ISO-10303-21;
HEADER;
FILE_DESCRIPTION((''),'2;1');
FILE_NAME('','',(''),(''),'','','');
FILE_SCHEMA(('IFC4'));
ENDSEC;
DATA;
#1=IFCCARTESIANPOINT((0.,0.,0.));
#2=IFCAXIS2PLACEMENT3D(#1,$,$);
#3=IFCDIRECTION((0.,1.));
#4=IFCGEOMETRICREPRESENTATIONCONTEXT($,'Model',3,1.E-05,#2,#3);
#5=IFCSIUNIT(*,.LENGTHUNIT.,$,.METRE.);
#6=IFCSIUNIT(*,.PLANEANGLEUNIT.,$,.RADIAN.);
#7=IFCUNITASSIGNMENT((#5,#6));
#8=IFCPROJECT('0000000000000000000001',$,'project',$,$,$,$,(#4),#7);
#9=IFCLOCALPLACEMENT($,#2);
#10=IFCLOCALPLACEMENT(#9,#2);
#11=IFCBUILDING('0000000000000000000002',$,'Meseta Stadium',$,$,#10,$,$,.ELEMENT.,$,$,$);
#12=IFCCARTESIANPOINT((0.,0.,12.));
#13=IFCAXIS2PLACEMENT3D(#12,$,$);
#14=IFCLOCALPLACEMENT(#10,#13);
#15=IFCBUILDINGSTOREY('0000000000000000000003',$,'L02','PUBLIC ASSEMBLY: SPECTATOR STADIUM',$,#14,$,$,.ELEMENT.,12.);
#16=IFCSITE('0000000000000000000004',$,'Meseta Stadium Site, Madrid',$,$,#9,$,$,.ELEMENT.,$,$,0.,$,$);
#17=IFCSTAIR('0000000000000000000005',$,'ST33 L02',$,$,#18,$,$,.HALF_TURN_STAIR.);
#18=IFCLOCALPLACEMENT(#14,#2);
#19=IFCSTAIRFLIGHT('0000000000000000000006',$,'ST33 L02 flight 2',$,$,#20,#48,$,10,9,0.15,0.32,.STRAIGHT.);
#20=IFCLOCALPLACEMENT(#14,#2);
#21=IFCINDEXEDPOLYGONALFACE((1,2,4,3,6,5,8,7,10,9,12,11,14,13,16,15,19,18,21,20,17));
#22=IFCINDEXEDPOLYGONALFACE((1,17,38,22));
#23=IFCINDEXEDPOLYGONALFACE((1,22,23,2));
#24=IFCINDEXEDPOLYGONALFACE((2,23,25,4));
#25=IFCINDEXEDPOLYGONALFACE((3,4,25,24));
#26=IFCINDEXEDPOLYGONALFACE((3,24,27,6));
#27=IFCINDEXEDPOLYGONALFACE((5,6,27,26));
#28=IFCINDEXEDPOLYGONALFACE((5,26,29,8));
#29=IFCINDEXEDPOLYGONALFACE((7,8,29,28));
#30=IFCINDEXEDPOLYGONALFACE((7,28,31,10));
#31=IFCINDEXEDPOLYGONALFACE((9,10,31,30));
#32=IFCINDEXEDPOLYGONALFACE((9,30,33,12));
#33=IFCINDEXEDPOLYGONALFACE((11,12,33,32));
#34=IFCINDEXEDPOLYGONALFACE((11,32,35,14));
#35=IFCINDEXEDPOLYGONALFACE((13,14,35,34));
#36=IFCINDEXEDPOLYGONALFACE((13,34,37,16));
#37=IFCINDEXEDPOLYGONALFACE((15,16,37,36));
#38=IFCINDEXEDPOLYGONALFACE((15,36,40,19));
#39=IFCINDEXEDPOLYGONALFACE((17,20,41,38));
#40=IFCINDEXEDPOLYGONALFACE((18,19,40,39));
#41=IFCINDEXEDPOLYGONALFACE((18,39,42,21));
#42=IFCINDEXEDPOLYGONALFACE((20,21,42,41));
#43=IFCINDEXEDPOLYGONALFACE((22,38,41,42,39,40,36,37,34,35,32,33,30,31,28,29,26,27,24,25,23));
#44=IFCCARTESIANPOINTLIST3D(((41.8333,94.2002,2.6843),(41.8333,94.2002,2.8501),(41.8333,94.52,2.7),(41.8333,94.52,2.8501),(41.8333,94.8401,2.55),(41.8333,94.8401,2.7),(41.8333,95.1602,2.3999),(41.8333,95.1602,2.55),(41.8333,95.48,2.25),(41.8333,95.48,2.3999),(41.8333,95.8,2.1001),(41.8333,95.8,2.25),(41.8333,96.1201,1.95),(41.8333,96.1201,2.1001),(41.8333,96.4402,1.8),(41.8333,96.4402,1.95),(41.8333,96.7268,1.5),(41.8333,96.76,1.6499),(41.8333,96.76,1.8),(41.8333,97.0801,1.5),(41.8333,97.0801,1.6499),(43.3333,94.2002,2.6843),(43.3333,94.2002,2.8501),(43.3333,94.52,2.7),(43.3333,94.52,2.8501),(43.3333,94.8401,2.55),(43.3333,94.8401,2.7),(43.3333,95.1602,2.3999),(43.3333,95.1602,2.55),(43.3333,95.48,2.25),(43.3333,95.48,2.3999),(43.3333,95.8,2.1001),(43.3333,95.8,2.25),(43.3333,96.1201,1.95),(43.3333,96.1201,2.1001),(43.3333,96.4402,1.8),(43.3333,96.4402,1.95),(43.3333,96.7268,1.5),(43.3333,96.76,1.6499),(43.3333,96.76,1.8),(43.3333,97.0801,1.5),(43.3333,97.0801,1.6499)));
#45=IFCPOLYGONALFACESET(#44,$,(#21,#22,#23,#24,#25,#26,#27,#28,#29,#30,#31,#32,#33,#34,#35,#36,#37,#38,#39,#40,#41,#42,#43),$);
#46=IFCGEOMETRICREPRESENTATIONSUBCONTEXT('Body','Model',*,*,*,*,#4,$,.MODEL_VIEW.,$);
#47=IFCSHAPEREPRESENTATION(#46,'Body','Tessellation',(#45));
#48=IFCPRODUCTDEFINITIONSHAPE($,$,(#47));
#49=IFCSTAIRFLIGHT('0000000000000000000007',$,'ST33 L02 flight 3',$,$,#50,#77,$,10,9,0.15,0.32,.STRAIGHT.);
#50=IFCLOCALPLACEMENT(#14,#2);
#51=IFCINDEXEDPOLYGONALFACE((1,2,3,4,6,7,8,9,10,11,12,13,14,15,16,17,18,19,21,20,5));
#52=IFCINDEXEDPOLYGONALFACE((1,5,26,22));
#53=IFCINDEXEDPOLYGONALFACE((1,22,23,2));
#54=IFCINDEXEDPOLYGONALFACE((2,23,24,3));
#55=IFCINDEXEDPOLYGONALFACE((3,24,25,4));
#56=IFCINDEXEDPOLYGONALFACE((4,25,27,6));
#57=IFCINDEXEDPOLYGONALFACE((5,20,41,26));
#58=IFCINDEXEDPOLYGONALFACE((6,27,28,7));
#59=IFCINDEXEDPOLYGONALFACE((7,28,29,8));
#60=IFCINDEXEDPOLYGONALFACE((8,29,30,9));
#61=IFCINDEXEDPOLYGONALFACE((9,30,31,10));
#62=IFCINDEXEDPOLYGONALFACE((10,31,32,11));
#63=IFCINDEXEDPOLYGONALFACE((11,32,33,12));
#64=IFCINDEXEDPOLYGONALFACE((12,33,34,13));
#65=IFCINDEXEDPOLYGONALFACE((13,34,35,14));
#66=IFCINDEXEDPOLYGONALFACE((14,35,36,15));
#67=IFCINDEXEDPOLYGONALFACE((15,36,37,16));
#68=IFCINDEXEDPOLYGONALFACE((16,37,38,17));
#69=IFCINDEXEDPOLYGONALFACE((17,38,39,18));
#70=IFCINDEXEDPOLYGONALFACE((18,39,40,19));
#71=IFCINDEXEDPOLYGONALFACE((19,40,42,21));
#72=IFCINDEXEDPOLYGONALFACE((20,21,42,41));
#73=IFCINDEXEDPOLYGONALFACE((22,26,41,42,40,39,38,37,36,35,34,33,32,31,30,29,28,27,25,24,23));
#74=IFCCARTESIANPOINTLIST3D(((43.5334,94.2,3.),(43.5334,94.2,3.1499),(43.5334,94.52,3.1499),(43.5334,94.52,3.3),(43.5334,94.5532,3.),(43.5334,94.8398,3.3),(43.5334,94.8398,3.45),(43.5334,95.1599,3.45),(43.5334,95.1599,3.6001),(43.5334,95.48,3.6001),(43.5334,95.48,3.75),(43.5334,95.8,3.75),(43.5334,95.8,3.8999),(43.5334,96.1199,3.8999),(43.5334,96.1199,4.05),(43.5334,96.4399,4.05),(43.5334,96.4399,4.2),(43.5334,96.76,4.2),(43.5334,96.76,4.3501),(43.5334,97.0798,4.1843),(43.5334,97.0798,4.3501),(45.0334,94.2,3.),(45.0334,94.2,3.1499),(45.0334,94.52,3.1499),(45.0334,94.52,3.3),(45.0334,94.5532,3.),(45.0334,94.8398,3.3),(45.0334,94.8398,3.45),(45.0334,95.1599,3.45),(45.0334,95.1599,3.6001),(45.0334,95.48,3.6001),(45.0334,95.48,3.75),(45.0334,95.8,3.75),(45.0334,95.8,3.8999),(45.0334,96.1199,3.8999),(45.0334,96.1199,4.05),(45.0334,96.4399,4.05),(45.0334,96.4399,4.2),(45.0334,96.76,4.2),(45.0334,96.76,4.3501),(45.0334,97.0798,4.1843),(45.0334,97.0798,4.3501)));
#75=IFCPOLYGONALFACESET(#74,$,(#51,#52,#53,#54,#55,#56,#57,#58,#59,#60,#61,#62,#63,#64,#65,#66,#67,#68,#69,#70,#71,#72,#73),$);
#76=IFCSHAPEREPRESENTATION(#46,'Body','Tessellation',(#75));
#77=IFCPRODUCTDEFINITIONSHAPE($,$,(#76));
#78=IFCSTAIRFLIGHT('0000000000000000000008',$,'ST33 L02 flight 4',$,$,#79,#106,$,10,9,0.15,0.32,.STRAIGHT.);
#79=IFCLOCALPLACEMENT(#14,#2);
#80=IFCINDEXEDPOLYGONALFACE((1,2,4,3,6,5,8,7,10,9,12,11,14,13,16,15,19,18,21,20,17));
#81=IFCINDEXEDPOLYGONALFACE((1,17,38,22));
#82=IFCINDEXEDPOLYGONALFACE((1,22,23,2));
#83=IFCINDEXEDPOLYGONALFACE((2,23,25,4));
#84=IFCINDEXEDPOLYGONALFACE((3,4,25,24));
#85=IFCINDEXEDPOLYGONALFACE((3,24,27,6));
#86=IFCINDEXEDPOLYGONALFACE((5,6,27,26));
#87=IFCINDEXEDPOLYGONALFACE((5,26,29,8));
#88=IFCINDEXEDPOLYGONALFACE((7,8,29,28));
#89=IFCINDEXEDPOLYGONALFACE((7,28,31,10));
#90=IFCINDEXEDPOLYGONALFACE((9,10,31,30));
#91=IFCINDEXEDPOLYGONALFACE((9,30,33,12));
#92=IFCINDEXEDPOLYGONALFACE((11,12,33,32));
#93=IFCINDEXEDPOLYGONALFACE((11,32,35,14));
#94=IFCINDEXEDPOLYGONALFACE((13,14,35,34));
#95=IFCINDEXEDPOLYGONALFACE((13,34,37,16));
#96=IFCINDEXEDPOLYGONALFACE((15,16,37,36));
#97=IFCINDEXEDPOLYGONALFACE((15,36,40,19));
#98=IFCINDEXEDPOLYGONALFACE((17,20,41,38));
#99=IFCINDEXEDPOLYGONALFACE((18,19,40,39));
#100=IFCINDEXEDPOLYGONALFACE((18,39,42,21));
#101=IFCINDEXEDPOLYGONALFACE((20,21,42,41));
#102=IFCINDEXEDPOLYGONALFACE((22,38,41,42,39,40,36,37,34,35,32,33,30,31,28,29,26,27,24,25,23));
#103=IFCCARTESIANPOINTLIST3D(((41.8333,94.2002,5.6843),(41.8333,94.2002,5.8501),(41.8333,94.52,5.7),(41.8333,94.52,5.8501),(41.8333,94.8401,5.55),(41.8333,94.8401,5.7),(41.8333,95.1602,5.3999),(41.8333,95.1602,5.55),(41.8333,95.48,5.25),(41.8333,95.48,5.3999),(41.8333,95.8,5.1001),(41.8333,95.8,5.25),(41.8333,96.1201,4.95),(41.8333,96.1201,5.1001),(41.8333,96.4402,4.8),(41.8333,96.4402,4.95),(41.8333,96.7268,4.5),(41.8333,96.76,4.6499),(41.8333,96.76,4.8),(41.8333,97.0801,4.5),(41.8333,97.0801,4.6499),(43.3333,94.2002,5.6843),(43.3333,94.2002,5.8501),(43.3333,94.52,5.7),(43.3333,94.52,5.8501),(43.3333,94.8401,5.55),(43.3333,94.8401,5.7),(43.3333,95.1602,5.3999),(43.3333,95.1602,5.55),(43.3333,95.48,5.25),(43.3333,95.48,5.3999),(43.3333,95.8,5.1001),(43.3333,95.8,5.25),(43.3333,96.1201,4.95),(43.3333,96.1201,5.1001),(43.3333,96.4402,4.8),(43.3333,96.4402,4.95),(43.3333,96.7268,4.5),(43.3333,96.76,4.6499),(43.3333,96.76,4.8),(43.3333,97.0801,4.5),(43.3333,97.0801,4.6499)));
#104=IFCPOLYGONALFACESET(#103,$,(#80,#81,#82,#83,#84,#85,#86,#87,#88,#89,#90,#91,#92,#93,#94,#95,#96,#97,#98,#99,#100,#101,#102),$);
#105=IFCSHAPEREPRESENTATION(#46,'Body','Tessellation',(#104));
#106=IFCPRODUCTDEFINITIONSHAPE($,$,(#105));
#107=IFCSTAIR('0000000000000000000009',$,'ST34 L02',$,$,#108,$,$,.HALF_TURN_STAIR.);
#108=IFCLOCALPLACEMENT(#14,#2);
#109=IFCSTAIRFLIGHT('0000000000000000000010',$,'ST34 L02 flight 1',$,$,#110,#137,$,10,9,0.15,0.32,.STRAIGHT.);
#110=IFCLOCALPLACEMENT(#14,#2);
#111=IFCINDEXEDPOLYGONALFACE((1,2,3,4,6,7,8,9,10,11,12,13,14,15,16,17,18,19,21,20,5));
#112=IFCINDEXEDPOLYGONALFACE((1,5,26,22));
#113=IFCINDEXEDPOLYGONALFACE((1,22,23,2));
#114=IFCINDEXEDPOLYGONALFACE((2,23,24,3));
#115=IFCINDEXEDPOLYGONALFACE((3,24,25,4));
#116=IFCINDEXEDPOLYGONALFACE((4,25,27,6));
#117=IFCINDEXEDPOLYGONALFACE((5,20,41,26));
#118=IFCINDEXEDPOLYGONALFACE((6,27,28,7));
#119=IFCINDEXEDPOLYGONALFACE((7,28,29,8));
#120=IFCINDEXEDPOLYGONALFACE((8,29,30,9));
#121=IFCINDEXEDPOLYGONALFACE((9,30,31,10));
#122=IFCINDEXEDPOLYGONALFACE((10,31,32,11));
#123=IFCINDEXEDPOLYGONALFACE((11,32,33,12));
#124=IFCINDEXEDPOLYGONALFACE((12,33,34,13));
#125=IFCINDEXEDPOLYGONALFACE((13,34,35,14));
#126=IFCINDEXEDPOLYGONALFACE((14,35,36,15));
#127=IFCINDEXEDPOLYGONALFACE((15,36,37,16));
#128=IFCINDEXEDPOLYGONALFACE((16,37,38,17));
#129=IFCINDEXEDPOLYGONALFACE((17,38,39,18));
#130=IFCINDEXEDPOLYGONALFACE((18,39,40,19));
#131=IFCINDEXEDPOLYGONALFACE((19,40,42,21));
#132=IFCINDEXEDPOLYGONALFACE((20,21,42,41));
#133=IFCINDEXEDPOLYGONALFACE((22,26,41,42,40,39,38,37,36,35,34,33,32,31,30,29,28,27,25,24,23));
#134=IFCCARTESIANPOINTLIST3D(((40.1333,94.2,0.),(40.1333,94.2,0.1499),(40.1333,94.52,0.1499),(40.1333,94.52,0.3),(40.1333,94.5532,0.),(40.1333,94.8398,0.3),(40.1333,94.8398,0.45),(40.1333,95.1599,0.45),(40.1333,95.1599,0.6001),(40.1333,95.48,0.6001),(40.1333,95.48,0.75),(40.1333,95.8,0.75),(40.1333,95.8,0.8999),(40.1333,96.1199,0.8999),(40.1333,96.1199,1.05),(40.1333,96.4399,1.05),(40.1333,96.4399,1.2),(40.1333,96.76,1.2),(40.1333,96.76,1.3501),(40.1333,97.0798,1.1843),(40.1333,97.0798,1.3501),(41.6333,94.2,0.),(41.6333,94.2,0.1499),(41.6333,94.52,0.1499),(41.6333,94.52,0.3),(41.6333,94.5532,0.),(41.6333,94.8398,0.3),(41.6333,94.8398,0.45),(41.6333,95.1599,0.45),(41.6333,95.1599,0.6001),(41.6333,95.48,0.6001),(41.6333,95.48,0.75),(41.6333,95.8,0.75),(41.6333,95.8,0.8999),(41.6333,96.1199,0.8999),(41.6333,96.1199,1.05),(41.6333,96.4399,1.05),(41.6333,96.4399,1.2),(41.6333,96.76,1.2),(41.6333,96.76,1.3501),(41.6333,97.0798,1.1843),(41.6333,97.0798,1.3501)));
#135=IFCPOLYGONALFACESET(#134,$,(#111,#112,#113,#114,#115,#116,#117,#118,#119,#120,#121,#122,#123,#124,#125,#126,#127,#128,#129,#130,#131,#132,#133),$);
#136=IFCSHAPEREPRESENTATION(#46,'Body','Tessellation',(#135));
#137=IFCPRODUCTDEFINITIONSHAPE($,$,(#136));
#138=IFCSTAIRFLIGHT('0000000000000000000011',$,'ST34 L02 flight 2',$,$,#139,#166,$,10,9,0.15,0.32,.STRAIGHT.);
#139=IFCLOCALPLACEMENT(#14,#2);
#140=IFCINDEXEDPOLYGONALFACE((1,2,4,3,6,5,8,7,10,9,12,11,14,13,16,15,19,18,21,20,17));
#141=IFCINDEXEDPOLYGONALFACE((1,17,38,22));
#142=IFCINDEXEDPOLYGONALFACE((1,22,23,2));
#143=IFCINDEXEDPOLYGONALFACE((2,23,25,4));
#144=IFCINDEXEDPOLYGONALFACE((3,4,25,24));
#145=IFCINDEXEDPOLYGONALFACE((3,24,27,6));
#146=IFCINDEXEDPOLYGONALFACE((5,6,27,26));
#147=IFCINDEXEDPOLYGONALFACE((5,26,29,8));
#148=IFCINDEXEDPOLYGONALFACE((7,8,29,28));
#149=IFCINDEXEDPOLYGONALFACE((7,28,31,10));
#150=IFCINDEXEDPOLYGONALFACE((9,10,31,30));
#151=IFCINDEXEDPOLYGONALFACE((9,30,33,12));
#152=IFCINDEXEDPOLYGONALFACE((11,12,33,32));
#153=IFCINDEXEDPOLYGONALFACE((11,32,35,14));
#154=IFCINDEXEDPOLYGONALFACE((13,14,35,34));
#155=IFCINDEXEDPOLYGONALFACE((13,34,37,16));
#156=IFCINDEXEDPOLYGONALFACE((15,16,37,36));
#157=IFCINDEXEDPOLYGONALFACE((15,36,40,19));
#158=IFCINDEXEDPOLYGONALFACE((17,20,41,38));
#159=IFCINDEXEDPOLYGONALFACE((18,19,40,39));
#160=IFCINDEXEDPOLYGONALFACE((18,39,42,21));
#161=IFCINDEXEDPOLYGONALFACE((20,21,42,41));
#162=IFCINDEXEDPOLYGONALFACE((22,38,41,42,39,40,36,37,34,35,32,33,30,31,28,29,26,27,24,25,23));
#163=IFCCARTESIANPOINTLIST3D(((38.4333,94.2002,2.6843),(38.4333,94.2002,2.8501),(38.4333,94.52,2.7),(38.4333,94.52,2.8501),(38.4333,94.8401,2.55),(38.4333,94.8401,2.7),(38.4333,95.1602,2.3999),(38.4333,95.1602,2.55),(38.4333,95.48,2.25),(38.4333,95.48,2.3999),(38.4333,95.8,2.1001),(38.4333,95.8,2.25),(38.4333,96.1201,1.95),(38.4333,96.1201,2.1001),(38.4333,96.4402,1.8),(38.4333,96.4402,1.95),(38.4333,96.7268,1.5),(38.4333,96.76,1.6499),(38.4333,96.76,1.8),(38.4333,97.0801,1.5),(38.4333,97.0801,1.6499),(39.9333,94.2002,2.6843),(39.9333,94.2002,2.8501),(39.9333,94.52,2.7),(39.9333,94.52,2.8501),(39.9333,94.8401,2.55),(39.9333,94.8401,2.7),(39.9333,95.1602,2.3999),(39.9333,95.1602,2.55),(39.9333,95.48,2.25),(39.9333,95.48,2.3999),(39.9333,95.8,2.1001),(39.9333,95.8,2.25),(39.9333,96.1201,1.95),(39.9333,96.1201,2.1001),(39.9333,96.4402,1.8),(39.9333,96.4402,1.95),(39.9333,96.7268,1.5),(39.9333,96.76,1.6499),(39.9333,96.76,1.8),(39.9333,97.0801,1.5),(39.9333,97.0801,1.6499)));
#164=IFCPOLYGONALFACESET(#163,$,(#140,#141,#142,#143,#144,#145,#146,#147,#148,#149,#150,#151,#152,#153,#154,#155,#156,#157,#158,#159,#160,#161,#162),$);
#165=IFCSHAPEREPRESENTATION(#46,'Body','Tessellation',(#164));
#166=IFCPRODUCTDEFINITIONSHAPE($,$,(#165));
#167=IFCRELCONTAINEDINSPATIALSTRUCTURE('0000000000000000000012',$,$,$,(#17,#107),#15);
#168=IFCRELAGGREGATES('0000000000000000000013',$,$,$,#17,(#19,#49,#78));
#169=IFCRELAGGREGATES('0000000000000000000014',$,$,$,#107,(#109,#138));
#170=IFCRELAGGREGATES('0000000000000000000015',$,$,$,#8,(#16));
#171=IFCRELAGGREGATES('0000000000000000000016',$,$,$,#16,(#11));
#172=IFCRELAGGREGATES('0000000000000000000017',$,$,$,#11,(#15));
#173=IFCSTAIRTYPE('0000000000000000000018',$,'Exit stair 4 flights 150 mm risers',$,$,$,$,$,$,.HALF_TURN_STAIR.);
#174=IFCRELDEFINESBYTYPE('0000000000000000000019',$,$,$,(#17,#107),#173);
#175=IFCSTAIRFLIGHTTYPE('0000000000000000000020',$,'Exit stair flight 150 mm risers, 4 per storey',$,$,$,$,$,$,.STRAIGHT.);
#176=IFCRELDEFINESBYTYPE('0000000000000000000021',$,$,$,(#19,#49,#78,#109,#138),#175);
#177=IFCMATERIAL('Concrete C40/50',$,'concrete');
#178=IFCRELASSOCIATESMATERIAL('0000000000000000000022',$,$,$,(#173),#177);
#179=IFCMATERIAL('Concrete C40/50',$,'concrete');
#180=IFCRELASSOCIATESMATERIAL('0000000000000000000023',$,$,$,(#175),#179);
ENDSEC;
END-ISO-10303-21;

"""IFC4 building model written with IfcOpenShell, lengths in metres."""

from ifc_helpers import new_model, si_unit, direction, frame, origin, place, context, subcontext, project, spatial, polyline, outline, extrude, material, type_object, element, aggregate, save


model = new_model("IFC4")

# Units and contexts
model_context = context("Model", 3, precision=1e-05, world=origin(), true_north=direction((0.0, 1.0)))
body_context = subcontext(model_context, "Body", "Model", "MODEL_VIEW")
ifc_project = project(units=[si_unit("LENGTHUNIT", "METRE"), si_unit("PLANEANGLEUNIT", "RADIAN")], contexts=[model_context])

# Site, building, storey
site_placement = place(None, origin())
site = spatial("IfcSite", under=ifc_project, at=site_placement, Name="Meseta Stadium Site, Madrid", CompositionType="ELEMENT", RefElevation=0.0)
building_placement = place(site_placement, origin())
building = spatial("IfcBuilding", under=site, at=building_placement, Name="Meseta Stadium", CompositionType="ELEMENT")
storey_placement = place(building_placement, frame((0.0, 0.0, 12.0)))
storey = spatial("IfcBuildingStorey", under=building, at=storey_placement, Name="L02", Description="PUBLIC ASSEMBLY: SPECTATOR STADIUM", CompositionType="ELEMENT", Elevation=12.0)

# Stairs, stair flights
ifc_material_1 = material(Name="Concrete C40/50", Category="concrete")
stair_type = type_object("IfcStairType", Name="Exit stair 4 flights 150 mm risers", PredefinedType="HALF_TURN_STAIR", material=ifc_material_1)
stair_1_placement = place(storey_placement, origin())
stair_1 = element("IfcStair", 1, at=stair_1_placement, inside=storey, type_object=stair_type, Name="ST33 L02", PredefinedType="HALF_TURN_STAIR")
ifc_material_2 = material(Name="Concrete C40/50", Category="concrete")
stair_flight_type = type_object("IfcStairFlightType", Name="Exit stair flight 150 mm risers, 4 per storey", PredefinedType="STRAIGHT", material=ifc_material_2)
stair_flight_1_placement = place(storey_placement, frame((42.5833, 97.0801, 1.5), z_axis=(0.0, 0.0, 1.0), x_axis=(0.0, -1.0, 0.0)))
stair_flight_1 = element("IfcStairFlight", 2, at=stair_flight_1_placement, type_object=stair_flight_type, Name="ST33 L02 flight 2", NumberOfRisers=10, NumberOfTreads=9, PredefinedType="STRAIGHT", RiserHeight=0.15, TreadLength=0.32, context=body_context, shape_type="SweptSolid", body=[
    extrude(outline(polyline([(0.0, 0.0), (0.0, 0.1499), (0.3201, 0.1499), (0.3201, 0.3), (0.6399, 0.3), (0.6399, 0.45), (0.96, 0.45), (0.96, 0.6001), (1.28, 0.6001), (1.28, 0.75), (1.6001, 0.75), (1.6001, 0.8999), (1.9199, 0.8999), (1.9199, 1.05), (2.24, 1.05), (2.24, 1.2), (2.5601, 1.2), (2.5601, 1.3501), (2.8799, 1.3501), (2.8799, 1.1843), (0.3533, 0.0), (0.0, 0.0)])), frame((0.0, 0.75, 0.0), z_axis=(0.0, -1.0, 0.0), x_axis=(1.0, 0.0, 0.0)), (0.0, 0.0, 1.0), 1.5),
])
stair_flight_2_placement = place(storey_placement, frame((44.2834, 94.2, 3.0), z_axis=(0.0, 0.0, 1.0), x_axis=(0.0, 1.0, 0.0)))
stair_flight_2 = element("IfcStairFlight", 3, at=stair_flight_2_placement, type_object=stair_flight_type, Name="ST33 L02 flight 3", NumberOfRisers=10, NumberOfTreads=9, PredefinedType="STRAIGHT", RiserHeight=0.15, TreadLength=0.32, context=body_context, shape_type="SweptSolid", body=[
    extrude(outline(polyline([(0.0, 0.0), (0.0, 0.1499), (0.3201, 0.1499), (0.3201, 0.3), (0.6399, 0.3), (0.6399, 0.45), (0.96, 0.45), (0.96, 0.6001), (1.28, 0.6001), (1.28, 0.75), (1.6001, 0.75), (1.6001, 0.8999), (1.9199, 0.8999), (1.9199, 1.05), (2.24, 1.05), (2.24, 1.2), (2.5601, 1.2), (2.5601, 1.3501), (2.8799, 1.3501), (2.8799, 1.1843), (0.3533, 0.0), (0.0, 0.0)])), frame((0.0, 0.75, 0.0), z_axis=(0.0, -1.0, 0.0), x_axis=(1.0, 0.0, 0.0)), (0.0, 0.0, 1.0), 1.5),
])
stair_flight_3_placement = place(storey_placement, frame((42.5833, 97.0801, 4.5), z_axis=(0.0, 0.0, 1.0), x_axis=(0.0, -1.0, 0.0)))
stair_flight_3 = element("IfcStairFlight", 4, at=stair_flight_3_placement, type_object=stair_flight_type, Name="ST33 L02 flight 4", NumberOfRisers=10, NumberOfTreads=9, PredefinedType="STRAIGHT", RiserHeight=0.15, TreadLength=0.32, context=body_context, shape_type="SweptSolid", body=[
    extrude(outline(polyline([(0.0, 0.0), (0.0, 0.1499), (0.3201, 0.1499), (0.3201, 0.3), (0.6399, 0.3), (0.6399, 0.45), (0.96, 0.45), (0.96, 0.6001), (1.28, 0.6001), (1.28, 0.75), (1.6001, 0.75), (1.6001, 0.8999), (1.9199, 0.8999), (1.9199, 1.05), (2.24, 1.05), (2.24, 1.2), (2.5601, 1.2), (2.5601, 1.3501), (2.8799, 1.3501), (2.8799, 1.1843), (0.3533, 0.0), (0.0, 0.0)])), frame((0.0, 0.75, 0.0), z_axis=(0.0, -1.0, 0.0), x_axis=(1.0, 0.0, 0.0)), (0.0, 0.0, 1.0), 1.5),
])
aggregate(stair_1, [stair_flight_1, stair_flight_2, stair_flight_3])
stair_2_placement = place(storey_placement, origin())
stair_2 = element("IfcStair", 5, at=stair_2_placement, inside=storey, type_object=stair_type, Name="ST34 L02", PredefinedType="HALF_TURN_STAIR")
stair_flight_4_placement = place(storey_placement, frame((40.8833, 94.2, 0.0), z_axis=(0.0, 0.0, 1.0), x_axis=(0.0, 1.0, 0.0)))
stair_flight_4 = element("IfcStairFlight", 6, at=stair_flight_4_placement, type_object=stair_flight_type, Name="ST34 L02 flight 1", NumberOfRisers=10, NumberOfTreads=9, PredefinedType="STRAIGHT", RiserHeight=0.15, TreadLength=0.32, context=body_context, shape_type="SweptSolid", body=[
    extrude(outline(polyline([(0.0, 0.0), (0.0, 0.1499), (0.3201, 0.1499), (0.3201, 0.3), (0.6399, 0.3), (0.6399, 0.45), (0.96, 0.45), (0.96, 0.6001), (1.28, 0.6001), (1.28, 0.75), (1.6001, 0.75), (1.6001, 0.8999), (1.9199, 0.8999), (1.9199, 1.05), (2.24, 1.05), (2.24, 1.2), (2.5601, 1.2), (2.5601, 1.3501), (2.8799, 1.3501), (2.8799, 1.1843), (0.3533, 0.0), (0.0, 0.0)])), frame((0.0, 0.75, 0.0), z_axis=(0.0, -1.0, 0.0), x_axis=(1.0, 0.0, 0.0)), (0.0, 0.0, 1.0), 1.5),
])
stair_flight_5_placement = place(storey_placement, frame((39.1833, 97.0801, 1.5), z_axis=(0.0, 0.0, 1.0), x_axis=(0.0, -1.0, 0.0)))
stair_flight_5 = element("IfcStairFlight", 7, at=stair_flight_5_placement, type_object=stair_flight_type, Name="ST34 L02 flight 2", NumberOfRisers=10, NumberOfTreads=9, PredefinedType="STRAIGHT", RiserHeight=0.15, TreadLength=0.32, context=body_context, shape_type="SweptSolid", body=[
    extrude(outline(polyline([(0.0, 0.0), (0.0, 0.1499), (0.3201, 0.1499), (0.3201, 0.3), (0.6399, 0.3), (0.6399, 0.45), (0.96, 0.45), (0.96, 0.6001), (1.28, 0.6001), (1.28, 0.75), (1.6001, 0.75), (1.6001, 0.8999), (1.9199, 0.8999), (1.9199, 1.05), (2.24, 1.05), (2.24, 1.2), (2.5601, 1.2), (2.5601, 1.3501), (2.8799, 1.3501), (2.8799, 1.1843), (0.3533, 0.0), (0.0, 0.0)])), frame((0.0, 0.75, 0.0), z_axis=(0.0, -1.0, 0.0), x_axis=(1.0, 0.0, 0.0)), (0.0, 0.0, 1.0), 1.5),
])
aggregate(stair_2, [stair_flight_4, stair_flight_5])

save(model, "model.ifc")
